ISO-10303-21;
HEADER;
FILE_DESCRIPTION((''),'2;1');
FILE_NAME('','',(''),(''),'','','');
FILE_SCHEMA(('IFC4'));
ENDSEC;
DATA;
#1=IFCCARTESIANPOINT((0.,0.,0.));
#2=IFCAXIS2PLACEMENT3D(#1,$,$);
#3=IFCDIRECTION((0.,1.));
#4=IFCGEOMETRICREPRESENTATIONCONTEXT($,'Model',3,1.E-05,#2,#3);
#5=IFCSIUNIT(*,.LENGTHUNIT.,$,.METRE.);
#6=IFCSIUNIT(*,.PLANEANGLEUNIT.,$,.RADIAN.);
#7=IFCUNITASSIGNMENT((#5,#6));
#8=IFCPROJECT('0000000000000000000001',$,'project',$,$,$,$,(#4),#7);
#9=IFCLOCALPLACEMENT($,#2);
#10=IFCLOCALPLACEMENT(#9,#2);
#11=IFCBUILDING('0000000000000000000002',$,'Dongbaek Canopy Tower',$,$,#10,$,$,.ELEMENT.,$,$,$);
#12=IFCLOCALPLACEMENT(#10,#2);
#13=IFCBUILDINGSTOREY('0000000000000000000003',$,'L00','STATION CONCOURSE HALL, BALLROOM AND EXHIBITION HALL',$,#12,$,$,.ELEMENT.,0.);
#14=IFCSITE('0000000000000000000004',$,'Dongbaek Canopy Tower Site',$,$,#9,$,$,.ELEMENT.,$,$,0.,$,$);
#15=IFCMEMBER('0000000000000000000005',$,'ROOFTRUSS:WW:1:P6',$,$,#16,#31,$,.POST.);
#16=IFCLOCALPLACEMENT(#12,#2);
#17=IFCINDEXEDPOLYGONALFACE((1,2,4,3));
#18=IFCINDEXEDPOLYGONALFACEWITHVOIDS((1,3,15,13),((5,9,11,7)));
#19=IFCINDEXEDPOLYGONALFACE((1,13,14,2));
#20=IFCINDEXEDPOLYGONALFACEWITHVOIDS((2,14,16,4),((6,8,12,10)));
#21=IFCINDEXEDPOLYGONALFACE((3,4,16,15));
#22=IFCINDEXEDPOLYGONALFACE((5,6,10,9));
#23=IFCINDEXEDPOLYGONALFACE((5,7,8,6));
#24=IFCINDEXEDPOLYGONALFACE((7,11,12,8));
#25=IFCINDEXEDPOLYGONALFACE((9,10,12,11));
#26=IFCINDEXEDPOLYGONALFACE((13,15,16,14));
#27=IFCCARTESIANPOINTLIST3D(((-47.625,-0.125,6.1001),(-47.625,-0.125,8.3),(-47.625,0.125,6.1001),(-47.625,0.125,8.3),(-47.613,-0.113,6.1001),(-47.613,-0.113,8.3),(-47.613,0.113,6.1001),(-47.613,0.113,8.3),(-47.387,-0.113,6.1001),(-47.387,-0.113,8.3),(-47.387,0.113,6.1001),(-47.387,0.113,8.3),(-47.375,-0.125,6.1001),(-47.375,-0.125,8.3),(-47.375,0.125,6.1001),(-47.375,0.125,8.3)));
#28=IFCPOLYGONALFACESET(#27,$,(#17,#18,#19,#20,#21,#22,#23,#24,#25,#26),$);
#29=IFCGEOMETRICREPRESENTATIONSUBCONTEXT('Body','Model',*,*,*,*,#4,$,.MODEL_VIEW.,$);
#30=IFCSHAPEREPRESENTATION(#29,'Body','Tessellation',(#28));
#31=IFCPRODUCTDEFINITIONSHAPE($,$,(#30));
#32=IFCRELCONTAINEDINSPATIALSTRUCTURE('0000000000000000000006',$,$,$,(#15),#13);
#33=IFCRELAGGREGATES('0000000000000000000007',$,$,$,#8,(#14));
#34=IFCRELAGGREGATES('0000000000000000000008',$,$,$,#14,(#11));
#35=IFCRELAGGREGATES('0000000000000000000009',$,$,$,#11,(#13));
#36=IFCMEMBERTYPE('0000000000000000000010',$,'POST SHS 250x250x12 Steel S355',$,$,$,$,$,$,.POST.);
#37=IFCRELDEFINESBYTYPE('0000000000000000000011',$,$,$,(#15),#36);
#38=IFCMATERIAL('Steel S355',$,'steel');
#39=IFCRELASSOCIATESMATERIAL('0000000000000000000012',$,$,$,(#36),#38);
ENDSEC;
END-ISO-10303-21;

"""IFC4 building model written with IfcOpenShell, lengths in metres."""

from ifc_helpers import new_model, si_unit, direction, frame, origin, origin_2d, place, context, subcontext, project, spatial, hollow_rectangle, extrude, material, material_profile, profile_set, type_object, element, save


model = new_model("IFC4")

# Units and contexts
model_context = context("Model", 3, precision=1e-05, world=origin(), true_north=direction((0.0, 1.0)))
body_context = subcontext(model_context, "Body", "Model", "MODEL_VIEW")
ifc_project = project(units=[si_unit("LENGTHUNIT", "METRE"), si_unit("PLANEANGLEUNIT", "RADIAN")], contexts=[model_context])

# Site, building, storey
site_placement = place(None, origin())
site = spatial("IfcSite", under=ifc_project, at=site_placement, Name="Dongbaek Canopy Tower Site", CompositionType="ELEMENT", RefElevation=0.0)
building_placement = place(site_placement, origin())
building = spatial("IfcBuilding", under=site, at=building_placement, Name="Dongbaek Canopy Tower", CompositionType="ELEMENT")
storey_placement = place(building_placement, origin())
storey = spatial("IfcBuildingStorey", under=building, at=storey_placement, Name="L00", Description="STATION CONCOURSE HALL, BALLROOM AND EXHIBITION HALL", CompositionType="ELEMENT", Elevation=0.0)

# Member
ifc_material_1 = material(Name="Steel S355", Category="steel")
ifc_material_profile_1 = material_profile(ifc_material_1, hollow_rectangle(XDim=0.25, YDim=0.25, WallThickness=0.012, at=origin_2d()), Name="POST SHS 250x250x12 Steel S355")
ifc_profile_set_1 = profile_set([ifc_material_profile_1], Name="Steel S355")
member_type_1 = type_object("IfcMemberType", Name="POST SHS 250x250x12 Steel S355", PredefinedType="POST", material=ifc_profile_set_1)
for number, where, z_axis, x_axis, name in (
    (1, (-47.5, 0.0, 6.1001), (0.0, 0.0, 1.0), (1.0, 0.0, 0.0), "ROOFTRUSS:WW:1:P6"),
):
    element("IfcMember", number, at=place(storey_placement, frame(where, z_axis=z_axis, x_axis=x_axis)), inside=storey, type_object=member_type_1, Name=name, PredefinedType="POST", context=body_context, shape_type="SweptSolid", body=[
        extrude(hollow_rectangle(XDim=0.25, YDim=0.25, WallThickness=0.012, at=origin_2d()), origin(), (0.0, 0.0, 1.0), 2.2),
    ])

save(model, "model.ifc")
